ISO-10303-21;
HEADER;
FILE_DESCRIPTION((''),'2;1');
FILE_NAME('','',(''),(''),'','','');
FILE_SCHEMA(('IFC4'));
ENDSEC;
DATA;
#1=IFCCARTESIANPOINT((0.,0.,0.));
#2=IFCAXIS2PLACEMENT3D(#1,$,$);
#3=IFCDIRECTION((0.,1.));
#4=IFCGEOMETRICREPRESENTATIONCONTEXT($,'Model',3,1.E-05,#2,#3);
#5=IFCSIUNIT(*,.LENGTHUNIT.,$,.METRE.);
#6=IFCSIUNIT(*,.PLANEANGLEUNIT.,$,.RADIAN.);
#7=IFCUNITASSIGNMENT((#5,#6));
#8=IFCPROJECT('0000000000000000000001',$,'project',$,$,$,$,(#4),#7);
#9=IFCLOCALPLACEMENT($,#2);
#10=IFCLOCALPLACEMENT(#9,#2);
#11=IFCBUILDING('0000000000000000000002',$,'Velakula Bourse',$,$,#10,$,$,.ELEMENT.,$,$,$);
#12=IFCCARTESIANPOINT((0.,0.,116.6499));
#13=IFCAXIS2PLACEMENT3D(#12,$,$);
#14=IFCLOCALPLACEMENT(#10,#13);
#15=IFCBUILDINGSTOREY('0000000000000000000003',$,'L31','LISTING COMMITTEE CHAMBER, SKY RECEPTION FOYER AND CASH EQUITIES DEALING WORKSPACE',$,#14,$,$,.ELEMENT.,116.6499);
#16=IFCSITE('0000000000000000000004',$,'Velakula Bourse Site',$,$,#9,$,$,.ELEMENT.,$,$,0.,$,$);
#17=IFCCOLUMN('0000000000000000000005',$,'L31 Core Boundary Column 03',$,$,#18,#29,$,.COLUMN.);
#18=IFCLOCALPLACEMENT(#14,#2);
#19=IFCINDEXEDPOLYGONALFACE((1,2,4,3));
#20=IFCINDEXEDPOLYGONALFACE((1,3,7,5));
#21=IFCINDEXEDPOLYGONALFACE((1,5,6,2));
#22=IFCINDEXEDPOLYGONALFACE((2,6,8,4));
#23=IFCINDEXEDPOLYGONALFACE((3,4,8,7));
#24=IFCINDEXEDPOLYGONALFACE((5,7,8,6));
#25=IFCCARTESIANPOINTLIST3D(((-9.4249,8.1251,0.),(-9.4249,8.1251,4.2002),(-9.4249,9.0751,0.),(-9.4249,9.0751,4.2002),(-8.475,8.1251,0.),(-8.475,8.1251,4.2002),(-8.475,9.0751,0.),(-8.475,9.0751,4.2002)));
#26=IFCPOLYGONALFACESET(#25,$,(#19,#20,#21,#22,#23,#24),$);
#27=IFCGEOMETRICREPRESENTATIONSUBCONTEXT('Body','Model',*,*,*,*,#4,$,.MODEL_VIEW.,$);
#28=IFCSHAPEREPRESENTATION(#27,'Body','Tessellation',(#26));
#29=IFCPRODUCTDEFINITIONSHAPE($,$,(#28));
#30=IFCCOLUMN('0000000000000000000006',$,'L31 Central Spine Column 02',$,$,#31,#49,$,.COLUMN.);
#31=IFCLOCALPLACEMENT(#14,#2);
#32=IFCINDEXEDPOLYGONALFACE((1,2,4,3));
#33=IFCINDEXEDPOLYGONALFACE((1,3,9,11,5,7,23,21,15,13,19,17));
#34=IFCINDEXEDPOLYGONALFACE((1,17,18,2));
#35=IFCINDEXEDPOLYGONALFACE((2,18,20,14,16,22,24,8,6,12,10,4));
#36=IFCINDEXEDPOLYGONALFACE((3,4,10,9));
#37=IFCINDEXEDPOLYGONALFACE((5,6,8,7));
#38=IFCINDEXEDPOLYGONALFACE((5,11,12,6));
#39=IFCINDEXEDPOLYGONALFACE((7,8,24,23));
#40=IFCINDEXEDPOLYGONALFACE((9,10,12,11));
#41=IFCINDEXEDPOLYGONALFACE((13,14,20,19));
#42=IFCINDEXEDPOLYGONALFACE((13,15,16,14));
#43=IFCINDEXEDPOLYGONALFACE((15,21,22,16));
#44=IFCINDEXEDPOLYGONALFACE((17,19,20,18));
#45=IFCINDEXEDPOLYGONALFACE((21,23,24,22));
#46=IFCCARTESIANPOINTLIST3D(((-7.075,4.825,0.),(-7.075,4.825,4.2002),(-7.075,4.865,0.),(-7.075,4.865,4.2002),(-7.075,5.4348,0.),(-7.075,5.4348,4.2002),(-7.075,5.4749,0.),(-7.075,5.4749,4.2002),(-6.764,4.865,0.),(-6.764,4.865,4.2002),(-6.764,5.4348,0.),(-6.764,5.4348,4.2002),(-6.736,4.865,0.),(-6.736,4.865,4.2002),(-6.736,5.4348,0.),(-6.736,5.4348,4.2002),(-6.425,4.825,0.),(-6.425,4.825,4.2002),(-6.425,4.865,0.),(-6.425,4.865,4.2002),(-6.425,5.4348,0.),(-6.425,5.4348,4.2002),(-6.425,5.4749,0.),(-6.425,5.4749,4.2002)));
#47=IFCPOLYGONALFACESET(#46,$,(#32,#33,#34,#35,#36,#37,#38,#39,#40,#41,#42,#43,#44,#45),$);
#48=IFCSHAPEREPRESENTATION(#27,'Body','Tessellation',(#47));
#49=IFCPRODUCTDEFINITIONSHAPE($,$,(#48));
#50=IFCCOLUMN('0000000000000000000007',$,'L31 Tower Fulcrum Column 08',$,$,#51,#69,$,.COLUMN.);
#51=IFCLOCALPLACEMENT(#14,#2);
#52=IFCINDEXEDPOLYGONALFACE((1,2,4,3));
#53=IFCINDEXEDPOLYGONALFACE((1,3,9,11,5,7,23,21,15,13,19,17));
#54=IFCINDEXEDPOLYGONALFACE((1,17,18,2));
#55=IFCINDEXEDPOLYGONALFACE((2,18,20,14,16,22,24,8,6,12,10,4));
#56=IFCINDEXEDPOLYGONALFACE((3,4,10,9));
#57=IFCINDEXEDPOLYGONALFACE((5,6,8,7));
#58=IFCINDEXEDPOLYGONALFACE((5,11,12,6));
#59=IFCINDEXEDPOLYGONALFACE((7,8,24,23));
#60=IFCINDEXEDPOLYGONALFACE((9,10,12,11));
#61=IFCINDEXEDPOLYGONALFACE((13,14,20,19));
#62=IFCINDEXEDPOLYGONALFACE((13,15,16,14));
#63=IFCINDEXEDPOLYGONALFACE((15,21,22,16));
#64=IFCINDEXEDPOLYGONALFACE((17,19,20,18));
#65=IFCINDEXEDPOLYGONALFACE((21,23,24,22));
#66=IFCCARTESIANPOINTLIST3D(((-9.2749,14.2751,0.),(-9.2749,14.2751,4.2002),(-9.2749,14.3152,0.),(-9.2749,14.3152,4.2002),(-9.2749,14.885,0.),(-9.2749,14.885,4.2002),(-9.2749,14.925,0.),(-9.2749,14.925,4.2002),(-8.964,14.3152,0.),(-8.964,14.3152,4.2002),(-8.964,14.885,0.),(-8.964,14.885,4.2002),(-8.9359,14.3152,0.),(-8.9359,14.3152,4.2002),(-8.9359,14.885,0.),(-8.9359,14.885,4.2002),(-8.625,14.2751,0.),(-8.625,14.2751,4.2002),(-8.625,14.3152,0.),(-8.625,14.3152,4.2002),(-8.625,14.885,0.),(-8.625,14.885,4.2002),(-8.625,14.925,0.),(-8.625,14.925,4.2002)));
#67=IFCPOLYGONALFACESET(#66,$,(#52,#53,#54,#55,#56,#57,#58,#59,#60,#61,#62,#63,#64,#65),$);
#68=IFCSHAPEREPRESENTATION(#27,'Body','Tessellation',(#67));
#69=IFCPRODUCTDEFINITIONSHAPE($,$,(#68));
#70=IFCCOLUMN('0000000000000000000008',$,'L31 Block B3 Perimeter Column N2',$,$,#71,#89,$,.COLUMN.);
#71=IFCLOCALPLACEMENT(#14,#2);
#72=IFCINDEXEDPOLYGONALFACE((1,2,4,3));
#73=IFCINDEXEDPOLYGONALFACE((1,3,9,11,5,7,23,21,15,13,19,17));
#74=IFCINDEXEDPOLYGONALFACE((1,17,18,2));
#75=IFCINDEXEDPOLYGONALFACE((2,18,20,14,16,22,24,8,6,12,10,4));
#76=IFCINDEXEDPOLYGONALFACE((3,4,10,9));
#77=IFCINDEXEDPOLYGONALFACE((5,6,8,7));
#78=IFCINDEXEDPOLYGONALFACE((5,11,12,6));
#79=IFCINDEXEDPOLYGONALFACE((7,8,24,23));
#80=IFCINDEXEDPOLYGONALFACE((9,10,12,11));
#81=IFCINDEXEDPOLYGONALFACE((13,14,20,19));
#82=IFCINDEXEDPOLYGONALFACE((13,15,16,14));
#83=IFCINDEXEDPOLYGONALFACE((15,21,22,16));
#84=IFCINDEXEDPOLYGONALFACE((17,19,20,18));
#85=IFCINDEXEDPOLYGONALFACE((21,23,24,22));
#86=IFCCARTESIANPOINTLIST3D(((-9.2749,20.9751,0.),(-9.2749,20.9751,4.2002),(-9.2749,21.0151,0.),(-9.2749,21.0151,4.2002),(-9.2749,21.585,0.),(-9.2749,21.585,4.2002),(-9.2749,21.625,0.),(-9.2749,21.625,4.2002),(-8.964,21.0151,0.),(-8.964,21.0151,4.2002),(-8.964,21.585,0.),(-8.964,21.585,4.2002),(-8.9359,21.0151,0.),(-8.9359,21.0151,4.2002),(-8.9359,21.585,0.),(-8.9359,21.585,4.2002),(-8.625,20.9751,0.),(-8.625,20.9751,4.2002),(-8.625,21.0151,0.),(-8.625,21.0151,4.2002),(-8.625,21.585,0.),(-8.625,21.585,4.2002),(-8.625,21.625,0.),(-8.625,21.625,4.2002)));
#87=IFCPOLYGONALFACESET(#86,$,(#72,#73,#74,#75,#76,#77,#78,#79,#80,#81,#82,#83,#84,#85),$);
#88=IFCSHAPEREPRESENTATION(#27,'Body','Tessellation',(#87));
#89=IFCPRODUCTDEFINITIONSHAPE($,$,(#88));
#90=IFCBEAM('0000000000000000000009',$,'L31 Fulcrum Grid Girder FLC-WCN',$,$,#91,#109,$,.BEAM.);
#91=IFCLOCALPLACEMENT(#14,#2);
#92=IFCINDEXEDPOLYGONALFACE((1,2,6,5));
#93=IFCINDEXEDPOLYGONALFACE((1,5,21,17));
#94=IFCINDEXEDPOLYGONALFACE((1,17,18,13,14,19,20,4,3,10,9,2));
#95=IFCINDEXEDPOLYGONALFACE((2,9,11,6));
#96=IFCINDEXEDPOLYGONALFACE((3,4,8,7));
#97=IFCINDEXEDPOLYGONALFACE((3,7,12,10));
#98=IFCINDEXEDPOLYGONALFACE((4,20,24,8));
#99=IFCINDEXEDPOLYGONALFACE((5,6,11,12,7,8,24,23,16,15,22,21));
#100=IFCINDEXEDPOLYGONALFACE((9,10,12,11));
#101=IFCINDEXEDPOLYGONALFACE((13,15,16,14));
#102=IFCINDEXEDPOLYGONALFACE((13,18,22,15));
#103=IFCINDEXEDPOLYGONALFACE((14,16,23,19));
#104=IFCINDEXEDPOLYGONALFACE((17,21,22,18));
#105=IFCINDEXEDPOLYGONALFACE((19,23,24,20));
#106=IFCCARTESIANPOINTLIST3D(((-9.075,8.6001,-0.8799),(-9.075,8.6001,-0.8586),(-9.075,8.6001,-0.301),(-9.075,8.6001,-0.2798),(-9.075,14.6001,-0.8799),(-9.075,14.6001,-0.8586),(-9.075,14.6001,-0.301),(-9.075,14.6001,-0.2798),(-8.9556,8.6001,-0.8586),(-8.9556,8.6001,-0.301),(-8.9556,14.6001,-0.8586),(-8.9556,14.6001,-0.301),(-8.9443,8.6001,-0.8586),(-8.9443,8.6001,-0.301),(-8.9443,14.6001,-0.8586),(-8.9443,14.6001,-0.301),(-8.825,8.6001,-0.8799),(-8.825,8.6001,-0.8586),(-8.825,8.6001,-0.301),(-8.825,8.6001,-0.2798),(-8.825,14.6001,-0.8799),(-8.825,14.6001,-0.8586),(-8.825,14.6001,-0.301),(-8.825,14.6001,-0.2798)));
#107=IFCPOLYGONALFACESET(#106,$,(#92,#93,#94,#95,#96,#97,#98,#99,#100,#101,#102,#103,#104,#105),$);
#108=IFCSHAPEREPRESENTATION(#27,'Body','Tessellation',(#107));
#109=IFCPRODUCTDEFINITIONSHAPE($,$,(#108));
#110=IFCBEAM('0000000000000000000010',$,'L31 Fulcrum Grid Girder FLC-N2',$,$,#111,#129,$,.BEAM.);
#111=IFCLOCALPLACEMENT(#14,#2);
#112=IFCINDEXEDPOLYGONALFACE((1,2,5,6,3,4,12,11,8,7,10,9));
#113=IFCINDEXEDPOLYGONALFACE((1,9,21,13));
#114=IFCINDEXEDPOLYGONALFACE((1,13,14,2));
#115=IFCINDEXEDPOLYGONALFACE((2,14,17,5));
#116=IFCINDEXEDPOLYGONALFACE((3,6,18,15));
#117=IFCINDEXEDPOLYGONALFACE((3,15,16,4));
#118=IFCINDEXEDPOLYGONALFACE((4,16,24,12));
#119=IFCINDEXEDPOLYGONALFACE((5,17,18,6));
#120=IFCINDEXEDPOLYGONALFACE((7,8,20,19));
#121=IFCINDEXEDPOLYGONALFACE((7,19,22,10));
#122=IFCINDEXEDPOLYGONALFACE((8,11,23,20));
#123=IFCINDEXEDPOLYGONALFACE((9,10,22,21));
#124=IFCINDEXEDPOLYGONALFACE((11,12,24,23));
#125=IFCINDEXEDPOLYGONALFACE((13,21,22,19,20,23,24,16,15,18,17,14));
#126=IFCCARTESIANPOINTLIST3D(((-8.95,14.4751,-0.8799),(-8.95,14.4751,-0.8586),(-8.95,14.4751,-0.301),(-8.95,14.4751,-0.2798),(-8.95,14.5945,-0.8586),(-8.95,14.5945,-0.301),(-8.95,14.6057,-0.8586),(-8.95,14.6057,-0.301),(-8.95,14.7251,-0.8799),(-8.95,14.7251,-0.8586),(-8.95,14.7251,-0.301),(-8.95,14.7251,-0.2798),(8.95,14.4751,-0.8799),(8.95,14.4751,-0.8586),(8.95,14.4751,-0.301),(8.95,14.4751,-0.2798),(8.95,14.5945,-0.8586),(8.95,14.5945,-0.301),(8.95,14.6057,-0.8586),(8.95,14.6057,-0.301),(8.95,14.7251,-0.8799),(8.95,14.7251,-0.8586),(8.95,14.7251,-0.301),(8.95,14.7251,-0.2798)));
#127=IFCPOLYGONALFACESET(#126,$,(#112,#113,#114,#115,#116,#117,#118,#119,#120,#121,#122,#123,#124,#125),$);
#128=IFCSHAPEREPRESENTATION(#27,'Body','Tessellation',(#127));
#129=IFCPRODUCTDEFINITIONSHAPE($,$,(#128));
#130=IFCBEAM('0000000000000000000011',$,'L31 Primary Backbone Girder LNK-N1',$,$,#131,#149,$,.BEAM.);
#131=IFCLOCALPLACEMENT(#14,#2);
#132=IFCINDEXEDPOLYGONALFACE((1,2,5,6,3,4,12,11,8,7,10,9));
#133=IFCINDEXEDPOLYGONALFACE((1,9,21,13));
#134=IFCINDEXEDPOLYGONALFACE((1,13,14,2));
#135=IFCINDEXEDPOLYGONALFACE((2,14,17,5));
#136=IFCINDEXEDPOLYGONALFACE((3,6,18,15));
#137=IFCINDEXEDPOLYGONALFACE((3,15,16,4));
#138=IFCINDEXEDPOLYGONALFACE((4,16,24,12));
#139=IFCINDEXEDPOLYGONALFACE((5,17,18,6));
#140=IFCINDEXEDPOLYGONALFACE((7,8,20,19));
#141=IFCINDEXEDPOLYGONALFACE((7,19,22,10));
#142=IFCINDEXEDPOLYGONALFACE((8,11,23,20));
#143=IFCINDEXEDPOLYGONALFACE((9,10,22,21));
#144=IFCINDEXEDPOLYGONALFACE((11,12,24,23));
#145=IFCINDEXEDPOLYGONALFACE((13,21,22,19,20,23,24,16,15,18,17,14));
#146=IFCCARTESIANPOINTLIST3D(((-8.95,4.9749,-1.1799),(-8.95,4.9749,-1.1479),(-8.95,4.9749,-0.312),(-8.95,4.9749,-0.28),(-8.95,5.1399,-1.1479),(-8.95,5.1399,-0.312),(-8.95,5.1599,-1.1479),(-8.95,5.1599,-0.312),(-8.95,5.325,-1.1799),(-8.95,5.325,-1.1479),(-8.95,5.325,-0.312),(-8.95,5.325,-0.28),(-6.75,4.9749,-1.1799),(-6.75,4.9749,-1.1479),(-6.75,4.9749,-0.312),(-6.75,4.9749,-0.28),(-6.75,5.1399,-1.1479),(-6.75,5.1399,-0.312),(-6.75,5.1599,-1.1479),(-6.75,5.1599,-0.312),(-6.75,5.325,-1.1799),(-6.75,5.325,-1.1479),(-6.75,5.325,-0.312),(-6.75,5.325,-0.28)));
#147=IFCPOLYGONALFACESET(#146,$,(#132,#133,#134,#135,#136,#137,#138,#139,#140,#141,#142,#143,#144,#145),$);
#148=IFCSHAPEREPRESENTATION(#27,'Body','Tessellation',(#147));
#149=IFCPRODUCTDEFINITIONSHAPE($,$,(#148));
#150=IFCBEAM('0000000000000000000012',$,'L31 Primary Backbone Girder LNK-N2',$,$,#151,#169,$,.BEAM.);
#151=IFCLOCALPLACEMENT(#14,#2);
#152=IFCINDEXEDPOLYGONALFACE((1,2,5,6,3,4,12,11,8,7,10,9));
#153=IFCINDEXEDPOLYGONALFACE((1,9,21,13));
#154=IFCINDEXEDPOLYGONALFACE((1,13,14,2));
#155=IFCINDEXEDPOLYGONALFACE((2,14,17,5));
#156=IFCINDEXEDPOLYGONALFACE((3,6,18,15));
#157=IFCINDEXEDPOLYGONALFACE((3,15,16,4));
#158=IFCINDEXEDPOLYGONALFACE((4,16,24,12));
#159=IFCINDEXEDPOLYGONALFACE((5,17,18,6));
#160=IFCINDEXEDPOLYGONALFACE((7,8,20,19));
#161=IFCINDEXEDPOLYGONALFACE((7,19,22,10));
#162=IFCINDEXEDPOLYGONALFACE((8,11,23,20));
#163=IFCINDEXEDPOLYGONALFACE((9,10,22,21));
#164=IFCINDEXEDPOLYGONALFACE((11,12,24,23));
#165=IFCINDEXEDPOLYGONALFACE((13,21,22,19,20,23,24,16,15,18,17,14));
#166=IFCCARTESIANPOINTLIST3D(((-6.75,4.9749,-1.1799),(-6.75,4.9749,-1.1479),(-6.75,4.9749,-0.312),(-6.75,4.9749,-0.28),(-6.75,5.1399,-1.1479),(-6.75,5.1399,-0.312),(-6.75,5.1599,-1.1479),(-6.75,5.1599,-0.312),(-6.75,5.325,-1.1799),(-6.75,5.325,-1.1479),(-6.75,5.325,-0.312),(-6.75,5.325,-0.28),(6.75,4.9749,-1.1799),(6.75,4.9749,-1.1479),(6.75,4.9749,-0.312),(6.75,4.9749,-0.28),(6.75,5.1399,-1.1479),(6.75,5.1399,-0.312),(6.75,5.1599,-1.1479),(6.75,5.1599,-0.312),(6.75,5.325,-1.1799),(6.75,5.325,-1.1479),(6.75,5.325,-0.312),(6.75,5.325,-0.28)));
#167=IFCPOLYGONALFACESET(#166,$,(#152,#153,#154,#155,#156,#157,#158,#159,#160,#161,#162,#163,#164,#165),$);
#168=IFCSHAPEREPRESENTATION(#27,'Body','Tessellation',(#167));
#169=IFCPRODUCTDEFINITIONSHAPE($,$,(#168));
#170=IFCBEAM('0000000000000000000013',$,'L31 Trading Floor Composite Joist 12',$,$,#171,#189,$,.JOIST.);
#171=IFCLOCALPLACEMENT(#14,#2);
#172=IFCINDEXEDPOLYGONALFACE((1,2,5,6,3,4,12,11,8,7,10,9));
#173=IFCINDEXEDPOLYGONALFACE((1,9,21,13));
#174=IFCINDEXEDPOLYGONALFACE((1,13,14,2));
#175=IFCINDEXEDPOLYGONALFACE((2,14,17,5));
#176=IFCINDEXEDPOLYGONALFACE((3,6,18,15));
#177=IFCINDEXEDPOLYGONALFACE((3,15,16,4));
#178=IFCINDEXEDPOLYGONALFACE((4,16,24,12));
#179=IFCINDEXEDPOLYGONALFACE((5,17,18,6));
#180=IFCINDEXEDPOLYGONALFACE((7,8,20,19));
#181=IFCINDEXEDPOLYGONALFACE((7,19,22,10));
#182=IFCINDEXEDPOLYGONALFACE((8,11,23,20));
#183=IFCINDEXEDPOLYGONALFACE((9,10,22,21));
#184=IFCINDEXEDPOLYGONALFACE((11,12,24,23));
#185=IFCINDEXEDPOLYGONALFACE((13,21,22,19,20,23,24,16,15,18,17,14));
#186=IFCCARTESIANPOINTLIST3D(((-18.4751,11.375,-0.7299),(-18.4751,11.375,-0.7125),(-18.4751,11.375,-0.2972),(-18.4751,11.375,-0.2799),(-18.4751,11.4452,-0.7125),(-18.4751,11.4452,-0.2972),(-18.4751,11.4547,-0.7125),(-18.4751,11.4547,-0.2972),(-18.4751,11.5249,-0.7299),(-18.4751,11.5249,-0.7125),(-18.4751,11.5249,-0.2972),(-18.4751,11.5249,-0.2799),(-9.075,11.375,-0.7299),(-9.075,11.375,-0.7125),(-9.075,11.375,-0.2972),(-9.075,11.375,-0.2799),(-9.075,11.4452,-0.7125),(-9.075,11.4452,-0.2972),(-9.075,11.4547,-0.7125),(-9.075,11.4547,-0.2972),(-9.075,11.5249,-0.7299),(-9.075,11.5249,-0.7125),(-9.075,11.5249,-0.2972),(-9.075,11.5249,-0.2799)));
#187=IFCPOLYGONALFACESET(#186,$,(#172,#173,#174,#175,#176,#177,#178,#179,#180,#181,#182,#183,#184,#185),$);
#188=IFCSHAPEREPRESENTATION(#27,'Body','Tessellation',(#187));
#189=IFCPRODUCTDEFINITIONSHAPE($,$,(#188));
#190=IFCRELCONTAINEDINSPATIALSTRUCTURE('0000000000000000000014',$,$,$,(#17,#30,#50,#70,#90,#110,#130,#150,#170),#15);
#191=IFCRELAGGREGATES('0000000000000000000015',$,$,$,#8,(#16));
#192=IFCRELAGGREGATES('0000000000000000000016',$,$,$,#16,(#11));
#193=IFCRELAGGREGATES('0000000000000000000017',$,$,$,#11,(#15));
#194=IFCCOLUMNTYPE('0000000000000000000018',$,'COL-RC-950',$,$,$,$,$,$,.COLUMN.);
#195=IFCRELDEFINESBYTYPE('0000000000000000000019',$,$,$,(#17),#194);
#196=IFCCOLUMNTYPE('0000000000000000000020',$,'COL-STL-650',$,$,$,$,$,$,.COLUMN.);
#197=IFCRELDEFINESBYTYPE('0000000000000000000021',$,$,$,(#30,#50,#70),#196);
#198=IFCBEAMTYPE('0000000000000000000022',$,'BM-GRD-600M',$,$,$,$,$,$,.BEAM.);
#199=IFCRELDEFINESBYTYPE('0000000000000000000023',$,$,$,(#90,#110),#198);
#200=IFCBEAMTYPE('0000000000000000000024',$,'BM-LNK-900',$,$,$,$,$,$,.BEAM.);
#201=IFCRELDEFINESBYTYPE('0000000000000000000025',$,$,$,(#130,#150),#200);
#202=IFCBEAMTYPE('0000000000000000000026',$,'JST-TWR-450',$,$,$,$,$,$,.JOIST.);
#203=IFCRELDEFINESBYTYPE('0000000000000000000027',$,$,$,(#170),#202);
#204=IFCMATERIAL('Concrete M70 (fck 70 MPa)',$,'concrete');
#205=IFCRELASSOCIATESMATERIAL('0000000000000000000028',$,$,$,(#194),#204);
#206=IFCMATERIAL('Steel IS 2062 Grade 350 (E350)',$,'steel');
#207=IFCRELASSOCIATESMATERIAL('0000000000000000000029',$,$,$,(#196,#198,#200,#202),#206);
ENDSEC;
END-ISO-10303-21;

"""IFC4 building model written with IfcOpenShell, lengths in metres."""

from ifc_helpers import new_model, si_unit, direction, frame, origin, origin_2d, place, context, subcontext, project, spatial, rectangle, i_section, extrude, material, material_profile, profile_set, type_object, element, save


model = new_model("IFC4")

# Units and contexts
model_context = context("Model", 3, precision=1e-05, world=origin(), true_north=direction((0.0, 1.0)))
body_context = subcontext(model_context, "Body", "Model", "MODEL_VIEW")
ifc_project = project(units=[si_unit("LENGTHUNIT", "METRE"), si_unit("PLANEANGLEUNIT", "RADIAN")], contexts=[model_context])

# Site, building, storey
site_placement = place(None, origin())
site = spatial("IfcSite", under=ifc_project, at=site_placement, Name="Velakula Bourse Site", CompositionType="ELEMENT", RefElevation=0.0)
building_placement = place(site_placement, origin())
building = spatial("IfcBuilding", under=site, at=building_placement, Name="Velakula Bourse", CompositionType="ELEMENT")
storey_placement = place(building_placement, frame((0.0, 0.0, 116.6499)))
storey = spatial("IfcBuildingStorey", under=building, at=storey_placement, Name="L31", Description="LISTING COMMITTEE CHAMBER, SKY RECEPTION FOYER AND CASH EQUITIES DEALING WORKSPACE", CompositionType="ELEMENT", Elevation=116.6499)

# Columns
ifc_material_1 = material(Name="Concrete M70 (fck 70 MPa)", Category="concrete")
ifc_material_profile_1 = material_profile(ifc_material_1, rectangle(XDim=0.95, YDim=0.95, at=origin_2d()), Name="Concrete M70 (fck 70 MPa)")
ifc_profile_set_1 = profile_set([ifc_material_profile_1], Name="Concrete M70 (fck 70 MPa)")
column_type_1 = type_object("IfcColumnType", Name="COL-RC-950", PredefinedType="COLUMN", material=ifc_profile_set_1)
column_placement = place(storey_placement, frame((-8.95, 8.6001, 0.0), z_axis=(0.0, 0.0, 1.0), x_axis=(1.0, 0.0, 0.0)))
element("IfcColumn", 1, at=column_placement, inside=storey, type_object=column_type_1, Name="L31 Core Boundary Column 03", PredefinedType="COLUMN", context=body_context, shape_type="SweptSolid", body=[
    extrude(rectangle(XDim=0.95, YDim=0.95, at=origin_2d()), origin(), (0.0, 0.0, 1.0), 4.2002),
])
ifc_material_2 = material(Name="Steel IS 2062 Grade 350 (E350)", Category="steel")
ifc_material_profile_2 = material_profile(ifc_material_2, i_section(OverallWidth=0.6499, OverallDepth=0.6499, WebThickness=0.0281, FlangeThickness=0.04, at=origin_2d()), Name="Steel IS 2062 Grade 350 (E350)")
ifc_profile_set_2 = profile_set([ifc_material_profile_2], Name="Steel IS 2062 Grade 350 (E350)")
column_type_2 = type_object("IfcColumnType", Name="COL-STL-650", PredefinedType="COLUMN", material=ifc_profile_set_2)
for number, where, z_axis, x_axis, name in (
    (2, (-6.75, 5.1499, 0.0), (0.0, 0.0, 1.0), (1.0, 0.0, 0.0), "L31 Central Spine Column 02"),
    (3, (-8.95, 14.6001, 0.0), (0.0, 0.0, 1.0), (1.0, 0.0, 0.0), "L31 Tower Fulcrum Column 08"),
    (4, (-8.95, 21.3, 0.0), (0.0, 0.0, 1.0), (1.0, 0.0, 0.0), "L31 Block B3 Perimeter Column N2"),
):
    element("IfcColumn", number, at=place(storey_placement, frame(where, z_axis=z_axis, x_axis=x_axis)), inside=storey, type_object=column_type_2, Name=name, PredefinedType="COLUMN", context=body_context, shape_type="SweptSolid", body=[
        extrude(i_section(OverallWidth=0.6499, OverallDepth=0.6499, WebThickness=0.0281, FlangeThickness=0.04, at=origin_2d()), origin(), (0.0, 0.0, 1.0), 4.2002),
    ])

# Beams
ifc_material_profile_3 = material_profile(ifc_material_2, i_section(OverallWidth=0.25, OverallDepth=0.6001, WebThickness=0.0112, FlangeThickness=0.0212, at=origin_2d()), Name="Steel IS 2062 Grade 350 (E350)")
ifc_profile_set_3 = profile_set([ifc_material_profile_3], Name="Steel IS 2062 Grade 350 (E350)")
beam_type_1 = type_object("IfcBeamType", Name="BM-GRD-600M", PredefinedType="BEAM", material=ifc_profile_set_3)
beam_1_placement = place(storey_placement, frame((-8.95, 8.6001, -0.5798), z_axis=(0.0, 1.0, 0.0), x_axis=(-1.0, 0.0, 0.0)))
element("IfcBeam", 5, at=beam_1_placement, inside=storey, type_object=beam_type_1, Name="L31 Fulcrum Grid Girder FLC-WCN", PredefinedType="BEAM", context=body_context, shape_type="SweptSolid", body=[
    extrude(i_section(OverallWidth=0.25, OverallDepth=0.6001, WebThickness=0.0112, FlangeThickness=0.0212, at=origin_2d()), origin(), (0.0, 0.0, 1.0), 6.0),
])
beam_2_placement = place(storey_placement, frame((-8.95, 14.6001, -0.5798), z_axis=(1.0, 0.0, 0.0), x_axis=(0.0, 1.0, 0.0)))
element("IfcBeam", 6, at=beam_2_placement, inside=storey, type_object=beam_type_1, Name="L31 Fulcrum Grid Girder FLC-N2", PredefinedType="BEAM", context=body_context, shape_type="SweptSolid", body=[
    extrude(i_section(OverallWidth=0.25, OverallDepth=0.6001, WebThickness=0.0112, FlangeThickness=0.0212, at=origin_2d()), origin(), (0.0, 0.0, 1.0), 17.8999),
])
ifc_material_profile_4 = material_profile(ifc_material_2, i_section(OverallWidth=0.3501, OverallDepth=0.8999, WebThickness=0.02, FlangeThickness=0.032, at=origin_2d()), Name="Steel IS 2062 Grade 350 (E350)")
ifc_profile_set_4 = profile_set([ifc_material_profile_4], Name="Steel IS 2062 Grade 350 (E350)")
beam_type_2 = type_object("IfcBeamType", Name="BM-LNK-900", PredefinedType="BEAM", material=ifc_profile_set_4)
beam_3_placement = place(storey_placement, frame((-8.95, 5.1499, -0.73), z_axis=(1.0, 0.0, 0.0), x_axis=(0.0, 1.0, 0.0)))
element("IfcBeam", 7, at=beam_3_placement, inside=storey, type_object=beam_type_2, Name="L31 Primary Backbone Girder LNK-N1", PredefinedType="BEAM", context=body_context, shape_type="SweptSolid", body=[
    extrude(i_section(OverallWidth=0.3501, OverallDepth=0.8999, WebThickness=0.02, FlangeThickness=0.032, at=origin_2d()), origin(), (0.0, 0.0, 1.0), 2.2),
])
beam_4_placement = place(storey_placement, frame((-6.75, 5.1499, -0.73), z_axis=(1.0, 0.0, 0.0), x_axis=(0.0, 1.0, 0.0)))
element("IfcBeam", 8, at=beam_4_placement, inside=storey, type_object=beam_type_2, Name="L31 Primary Backbone Girder LNK-N2", PredefinedType="BEAM", context=body_context, shape_type="SweptSolid", body=[
    extrude(i_section(OverallWidth=0.3501, OverallDepth=0.8999, WebThickness=0.02, FlangeThickness=0.032, at=origin_2d()), origin(), (0.0, 0.0, 1.0), 13.5),
])
ifc_material_profile_5 = material_profile(ifc_material_2, i_section(OverallWidth=0.1499, OverallDepth=0.45, WebThickness=0.0095, FlangeThickness=0.0173, at=origin_2d()), Name="Steel IS 2062 Grade 350 (E350)")
ifc_profile_set_5 = profile_set([ifc_material_profile_5], Name="Steel IS 2062 Grade 350 (E350)")
beam_type_3 = type_object("IfcBeamType", Name="JST-TWR-450", PredefinedType="JOIST", material=ifc_profile_set_5)
beam_5_placement = place(storey_placement, frame((-18.4751, 11.45, -0.5049), z_axis=(1.0, 0.0, 0.0), x_axis=(0.0, 1.0, 0.0)))
element("IfcBeam", 9, at=beam_5_placement, inside=storey, type_object=beam_type_3, Name="L31 Trading Floor Composite Joist 12", PredefinedType="JOIST", context=body_context, shape_type="SweptSolid", body=[
    extrude(i_section(OverallWidth=0.1499, OverallDepth=0.45, WebThickness=0.0095, FlangeThickness=0.0173, at=origin_2d()), origin(), (0.0, 0.0, 1.0), 9.4001),
])

save(model, "model.ifc")
